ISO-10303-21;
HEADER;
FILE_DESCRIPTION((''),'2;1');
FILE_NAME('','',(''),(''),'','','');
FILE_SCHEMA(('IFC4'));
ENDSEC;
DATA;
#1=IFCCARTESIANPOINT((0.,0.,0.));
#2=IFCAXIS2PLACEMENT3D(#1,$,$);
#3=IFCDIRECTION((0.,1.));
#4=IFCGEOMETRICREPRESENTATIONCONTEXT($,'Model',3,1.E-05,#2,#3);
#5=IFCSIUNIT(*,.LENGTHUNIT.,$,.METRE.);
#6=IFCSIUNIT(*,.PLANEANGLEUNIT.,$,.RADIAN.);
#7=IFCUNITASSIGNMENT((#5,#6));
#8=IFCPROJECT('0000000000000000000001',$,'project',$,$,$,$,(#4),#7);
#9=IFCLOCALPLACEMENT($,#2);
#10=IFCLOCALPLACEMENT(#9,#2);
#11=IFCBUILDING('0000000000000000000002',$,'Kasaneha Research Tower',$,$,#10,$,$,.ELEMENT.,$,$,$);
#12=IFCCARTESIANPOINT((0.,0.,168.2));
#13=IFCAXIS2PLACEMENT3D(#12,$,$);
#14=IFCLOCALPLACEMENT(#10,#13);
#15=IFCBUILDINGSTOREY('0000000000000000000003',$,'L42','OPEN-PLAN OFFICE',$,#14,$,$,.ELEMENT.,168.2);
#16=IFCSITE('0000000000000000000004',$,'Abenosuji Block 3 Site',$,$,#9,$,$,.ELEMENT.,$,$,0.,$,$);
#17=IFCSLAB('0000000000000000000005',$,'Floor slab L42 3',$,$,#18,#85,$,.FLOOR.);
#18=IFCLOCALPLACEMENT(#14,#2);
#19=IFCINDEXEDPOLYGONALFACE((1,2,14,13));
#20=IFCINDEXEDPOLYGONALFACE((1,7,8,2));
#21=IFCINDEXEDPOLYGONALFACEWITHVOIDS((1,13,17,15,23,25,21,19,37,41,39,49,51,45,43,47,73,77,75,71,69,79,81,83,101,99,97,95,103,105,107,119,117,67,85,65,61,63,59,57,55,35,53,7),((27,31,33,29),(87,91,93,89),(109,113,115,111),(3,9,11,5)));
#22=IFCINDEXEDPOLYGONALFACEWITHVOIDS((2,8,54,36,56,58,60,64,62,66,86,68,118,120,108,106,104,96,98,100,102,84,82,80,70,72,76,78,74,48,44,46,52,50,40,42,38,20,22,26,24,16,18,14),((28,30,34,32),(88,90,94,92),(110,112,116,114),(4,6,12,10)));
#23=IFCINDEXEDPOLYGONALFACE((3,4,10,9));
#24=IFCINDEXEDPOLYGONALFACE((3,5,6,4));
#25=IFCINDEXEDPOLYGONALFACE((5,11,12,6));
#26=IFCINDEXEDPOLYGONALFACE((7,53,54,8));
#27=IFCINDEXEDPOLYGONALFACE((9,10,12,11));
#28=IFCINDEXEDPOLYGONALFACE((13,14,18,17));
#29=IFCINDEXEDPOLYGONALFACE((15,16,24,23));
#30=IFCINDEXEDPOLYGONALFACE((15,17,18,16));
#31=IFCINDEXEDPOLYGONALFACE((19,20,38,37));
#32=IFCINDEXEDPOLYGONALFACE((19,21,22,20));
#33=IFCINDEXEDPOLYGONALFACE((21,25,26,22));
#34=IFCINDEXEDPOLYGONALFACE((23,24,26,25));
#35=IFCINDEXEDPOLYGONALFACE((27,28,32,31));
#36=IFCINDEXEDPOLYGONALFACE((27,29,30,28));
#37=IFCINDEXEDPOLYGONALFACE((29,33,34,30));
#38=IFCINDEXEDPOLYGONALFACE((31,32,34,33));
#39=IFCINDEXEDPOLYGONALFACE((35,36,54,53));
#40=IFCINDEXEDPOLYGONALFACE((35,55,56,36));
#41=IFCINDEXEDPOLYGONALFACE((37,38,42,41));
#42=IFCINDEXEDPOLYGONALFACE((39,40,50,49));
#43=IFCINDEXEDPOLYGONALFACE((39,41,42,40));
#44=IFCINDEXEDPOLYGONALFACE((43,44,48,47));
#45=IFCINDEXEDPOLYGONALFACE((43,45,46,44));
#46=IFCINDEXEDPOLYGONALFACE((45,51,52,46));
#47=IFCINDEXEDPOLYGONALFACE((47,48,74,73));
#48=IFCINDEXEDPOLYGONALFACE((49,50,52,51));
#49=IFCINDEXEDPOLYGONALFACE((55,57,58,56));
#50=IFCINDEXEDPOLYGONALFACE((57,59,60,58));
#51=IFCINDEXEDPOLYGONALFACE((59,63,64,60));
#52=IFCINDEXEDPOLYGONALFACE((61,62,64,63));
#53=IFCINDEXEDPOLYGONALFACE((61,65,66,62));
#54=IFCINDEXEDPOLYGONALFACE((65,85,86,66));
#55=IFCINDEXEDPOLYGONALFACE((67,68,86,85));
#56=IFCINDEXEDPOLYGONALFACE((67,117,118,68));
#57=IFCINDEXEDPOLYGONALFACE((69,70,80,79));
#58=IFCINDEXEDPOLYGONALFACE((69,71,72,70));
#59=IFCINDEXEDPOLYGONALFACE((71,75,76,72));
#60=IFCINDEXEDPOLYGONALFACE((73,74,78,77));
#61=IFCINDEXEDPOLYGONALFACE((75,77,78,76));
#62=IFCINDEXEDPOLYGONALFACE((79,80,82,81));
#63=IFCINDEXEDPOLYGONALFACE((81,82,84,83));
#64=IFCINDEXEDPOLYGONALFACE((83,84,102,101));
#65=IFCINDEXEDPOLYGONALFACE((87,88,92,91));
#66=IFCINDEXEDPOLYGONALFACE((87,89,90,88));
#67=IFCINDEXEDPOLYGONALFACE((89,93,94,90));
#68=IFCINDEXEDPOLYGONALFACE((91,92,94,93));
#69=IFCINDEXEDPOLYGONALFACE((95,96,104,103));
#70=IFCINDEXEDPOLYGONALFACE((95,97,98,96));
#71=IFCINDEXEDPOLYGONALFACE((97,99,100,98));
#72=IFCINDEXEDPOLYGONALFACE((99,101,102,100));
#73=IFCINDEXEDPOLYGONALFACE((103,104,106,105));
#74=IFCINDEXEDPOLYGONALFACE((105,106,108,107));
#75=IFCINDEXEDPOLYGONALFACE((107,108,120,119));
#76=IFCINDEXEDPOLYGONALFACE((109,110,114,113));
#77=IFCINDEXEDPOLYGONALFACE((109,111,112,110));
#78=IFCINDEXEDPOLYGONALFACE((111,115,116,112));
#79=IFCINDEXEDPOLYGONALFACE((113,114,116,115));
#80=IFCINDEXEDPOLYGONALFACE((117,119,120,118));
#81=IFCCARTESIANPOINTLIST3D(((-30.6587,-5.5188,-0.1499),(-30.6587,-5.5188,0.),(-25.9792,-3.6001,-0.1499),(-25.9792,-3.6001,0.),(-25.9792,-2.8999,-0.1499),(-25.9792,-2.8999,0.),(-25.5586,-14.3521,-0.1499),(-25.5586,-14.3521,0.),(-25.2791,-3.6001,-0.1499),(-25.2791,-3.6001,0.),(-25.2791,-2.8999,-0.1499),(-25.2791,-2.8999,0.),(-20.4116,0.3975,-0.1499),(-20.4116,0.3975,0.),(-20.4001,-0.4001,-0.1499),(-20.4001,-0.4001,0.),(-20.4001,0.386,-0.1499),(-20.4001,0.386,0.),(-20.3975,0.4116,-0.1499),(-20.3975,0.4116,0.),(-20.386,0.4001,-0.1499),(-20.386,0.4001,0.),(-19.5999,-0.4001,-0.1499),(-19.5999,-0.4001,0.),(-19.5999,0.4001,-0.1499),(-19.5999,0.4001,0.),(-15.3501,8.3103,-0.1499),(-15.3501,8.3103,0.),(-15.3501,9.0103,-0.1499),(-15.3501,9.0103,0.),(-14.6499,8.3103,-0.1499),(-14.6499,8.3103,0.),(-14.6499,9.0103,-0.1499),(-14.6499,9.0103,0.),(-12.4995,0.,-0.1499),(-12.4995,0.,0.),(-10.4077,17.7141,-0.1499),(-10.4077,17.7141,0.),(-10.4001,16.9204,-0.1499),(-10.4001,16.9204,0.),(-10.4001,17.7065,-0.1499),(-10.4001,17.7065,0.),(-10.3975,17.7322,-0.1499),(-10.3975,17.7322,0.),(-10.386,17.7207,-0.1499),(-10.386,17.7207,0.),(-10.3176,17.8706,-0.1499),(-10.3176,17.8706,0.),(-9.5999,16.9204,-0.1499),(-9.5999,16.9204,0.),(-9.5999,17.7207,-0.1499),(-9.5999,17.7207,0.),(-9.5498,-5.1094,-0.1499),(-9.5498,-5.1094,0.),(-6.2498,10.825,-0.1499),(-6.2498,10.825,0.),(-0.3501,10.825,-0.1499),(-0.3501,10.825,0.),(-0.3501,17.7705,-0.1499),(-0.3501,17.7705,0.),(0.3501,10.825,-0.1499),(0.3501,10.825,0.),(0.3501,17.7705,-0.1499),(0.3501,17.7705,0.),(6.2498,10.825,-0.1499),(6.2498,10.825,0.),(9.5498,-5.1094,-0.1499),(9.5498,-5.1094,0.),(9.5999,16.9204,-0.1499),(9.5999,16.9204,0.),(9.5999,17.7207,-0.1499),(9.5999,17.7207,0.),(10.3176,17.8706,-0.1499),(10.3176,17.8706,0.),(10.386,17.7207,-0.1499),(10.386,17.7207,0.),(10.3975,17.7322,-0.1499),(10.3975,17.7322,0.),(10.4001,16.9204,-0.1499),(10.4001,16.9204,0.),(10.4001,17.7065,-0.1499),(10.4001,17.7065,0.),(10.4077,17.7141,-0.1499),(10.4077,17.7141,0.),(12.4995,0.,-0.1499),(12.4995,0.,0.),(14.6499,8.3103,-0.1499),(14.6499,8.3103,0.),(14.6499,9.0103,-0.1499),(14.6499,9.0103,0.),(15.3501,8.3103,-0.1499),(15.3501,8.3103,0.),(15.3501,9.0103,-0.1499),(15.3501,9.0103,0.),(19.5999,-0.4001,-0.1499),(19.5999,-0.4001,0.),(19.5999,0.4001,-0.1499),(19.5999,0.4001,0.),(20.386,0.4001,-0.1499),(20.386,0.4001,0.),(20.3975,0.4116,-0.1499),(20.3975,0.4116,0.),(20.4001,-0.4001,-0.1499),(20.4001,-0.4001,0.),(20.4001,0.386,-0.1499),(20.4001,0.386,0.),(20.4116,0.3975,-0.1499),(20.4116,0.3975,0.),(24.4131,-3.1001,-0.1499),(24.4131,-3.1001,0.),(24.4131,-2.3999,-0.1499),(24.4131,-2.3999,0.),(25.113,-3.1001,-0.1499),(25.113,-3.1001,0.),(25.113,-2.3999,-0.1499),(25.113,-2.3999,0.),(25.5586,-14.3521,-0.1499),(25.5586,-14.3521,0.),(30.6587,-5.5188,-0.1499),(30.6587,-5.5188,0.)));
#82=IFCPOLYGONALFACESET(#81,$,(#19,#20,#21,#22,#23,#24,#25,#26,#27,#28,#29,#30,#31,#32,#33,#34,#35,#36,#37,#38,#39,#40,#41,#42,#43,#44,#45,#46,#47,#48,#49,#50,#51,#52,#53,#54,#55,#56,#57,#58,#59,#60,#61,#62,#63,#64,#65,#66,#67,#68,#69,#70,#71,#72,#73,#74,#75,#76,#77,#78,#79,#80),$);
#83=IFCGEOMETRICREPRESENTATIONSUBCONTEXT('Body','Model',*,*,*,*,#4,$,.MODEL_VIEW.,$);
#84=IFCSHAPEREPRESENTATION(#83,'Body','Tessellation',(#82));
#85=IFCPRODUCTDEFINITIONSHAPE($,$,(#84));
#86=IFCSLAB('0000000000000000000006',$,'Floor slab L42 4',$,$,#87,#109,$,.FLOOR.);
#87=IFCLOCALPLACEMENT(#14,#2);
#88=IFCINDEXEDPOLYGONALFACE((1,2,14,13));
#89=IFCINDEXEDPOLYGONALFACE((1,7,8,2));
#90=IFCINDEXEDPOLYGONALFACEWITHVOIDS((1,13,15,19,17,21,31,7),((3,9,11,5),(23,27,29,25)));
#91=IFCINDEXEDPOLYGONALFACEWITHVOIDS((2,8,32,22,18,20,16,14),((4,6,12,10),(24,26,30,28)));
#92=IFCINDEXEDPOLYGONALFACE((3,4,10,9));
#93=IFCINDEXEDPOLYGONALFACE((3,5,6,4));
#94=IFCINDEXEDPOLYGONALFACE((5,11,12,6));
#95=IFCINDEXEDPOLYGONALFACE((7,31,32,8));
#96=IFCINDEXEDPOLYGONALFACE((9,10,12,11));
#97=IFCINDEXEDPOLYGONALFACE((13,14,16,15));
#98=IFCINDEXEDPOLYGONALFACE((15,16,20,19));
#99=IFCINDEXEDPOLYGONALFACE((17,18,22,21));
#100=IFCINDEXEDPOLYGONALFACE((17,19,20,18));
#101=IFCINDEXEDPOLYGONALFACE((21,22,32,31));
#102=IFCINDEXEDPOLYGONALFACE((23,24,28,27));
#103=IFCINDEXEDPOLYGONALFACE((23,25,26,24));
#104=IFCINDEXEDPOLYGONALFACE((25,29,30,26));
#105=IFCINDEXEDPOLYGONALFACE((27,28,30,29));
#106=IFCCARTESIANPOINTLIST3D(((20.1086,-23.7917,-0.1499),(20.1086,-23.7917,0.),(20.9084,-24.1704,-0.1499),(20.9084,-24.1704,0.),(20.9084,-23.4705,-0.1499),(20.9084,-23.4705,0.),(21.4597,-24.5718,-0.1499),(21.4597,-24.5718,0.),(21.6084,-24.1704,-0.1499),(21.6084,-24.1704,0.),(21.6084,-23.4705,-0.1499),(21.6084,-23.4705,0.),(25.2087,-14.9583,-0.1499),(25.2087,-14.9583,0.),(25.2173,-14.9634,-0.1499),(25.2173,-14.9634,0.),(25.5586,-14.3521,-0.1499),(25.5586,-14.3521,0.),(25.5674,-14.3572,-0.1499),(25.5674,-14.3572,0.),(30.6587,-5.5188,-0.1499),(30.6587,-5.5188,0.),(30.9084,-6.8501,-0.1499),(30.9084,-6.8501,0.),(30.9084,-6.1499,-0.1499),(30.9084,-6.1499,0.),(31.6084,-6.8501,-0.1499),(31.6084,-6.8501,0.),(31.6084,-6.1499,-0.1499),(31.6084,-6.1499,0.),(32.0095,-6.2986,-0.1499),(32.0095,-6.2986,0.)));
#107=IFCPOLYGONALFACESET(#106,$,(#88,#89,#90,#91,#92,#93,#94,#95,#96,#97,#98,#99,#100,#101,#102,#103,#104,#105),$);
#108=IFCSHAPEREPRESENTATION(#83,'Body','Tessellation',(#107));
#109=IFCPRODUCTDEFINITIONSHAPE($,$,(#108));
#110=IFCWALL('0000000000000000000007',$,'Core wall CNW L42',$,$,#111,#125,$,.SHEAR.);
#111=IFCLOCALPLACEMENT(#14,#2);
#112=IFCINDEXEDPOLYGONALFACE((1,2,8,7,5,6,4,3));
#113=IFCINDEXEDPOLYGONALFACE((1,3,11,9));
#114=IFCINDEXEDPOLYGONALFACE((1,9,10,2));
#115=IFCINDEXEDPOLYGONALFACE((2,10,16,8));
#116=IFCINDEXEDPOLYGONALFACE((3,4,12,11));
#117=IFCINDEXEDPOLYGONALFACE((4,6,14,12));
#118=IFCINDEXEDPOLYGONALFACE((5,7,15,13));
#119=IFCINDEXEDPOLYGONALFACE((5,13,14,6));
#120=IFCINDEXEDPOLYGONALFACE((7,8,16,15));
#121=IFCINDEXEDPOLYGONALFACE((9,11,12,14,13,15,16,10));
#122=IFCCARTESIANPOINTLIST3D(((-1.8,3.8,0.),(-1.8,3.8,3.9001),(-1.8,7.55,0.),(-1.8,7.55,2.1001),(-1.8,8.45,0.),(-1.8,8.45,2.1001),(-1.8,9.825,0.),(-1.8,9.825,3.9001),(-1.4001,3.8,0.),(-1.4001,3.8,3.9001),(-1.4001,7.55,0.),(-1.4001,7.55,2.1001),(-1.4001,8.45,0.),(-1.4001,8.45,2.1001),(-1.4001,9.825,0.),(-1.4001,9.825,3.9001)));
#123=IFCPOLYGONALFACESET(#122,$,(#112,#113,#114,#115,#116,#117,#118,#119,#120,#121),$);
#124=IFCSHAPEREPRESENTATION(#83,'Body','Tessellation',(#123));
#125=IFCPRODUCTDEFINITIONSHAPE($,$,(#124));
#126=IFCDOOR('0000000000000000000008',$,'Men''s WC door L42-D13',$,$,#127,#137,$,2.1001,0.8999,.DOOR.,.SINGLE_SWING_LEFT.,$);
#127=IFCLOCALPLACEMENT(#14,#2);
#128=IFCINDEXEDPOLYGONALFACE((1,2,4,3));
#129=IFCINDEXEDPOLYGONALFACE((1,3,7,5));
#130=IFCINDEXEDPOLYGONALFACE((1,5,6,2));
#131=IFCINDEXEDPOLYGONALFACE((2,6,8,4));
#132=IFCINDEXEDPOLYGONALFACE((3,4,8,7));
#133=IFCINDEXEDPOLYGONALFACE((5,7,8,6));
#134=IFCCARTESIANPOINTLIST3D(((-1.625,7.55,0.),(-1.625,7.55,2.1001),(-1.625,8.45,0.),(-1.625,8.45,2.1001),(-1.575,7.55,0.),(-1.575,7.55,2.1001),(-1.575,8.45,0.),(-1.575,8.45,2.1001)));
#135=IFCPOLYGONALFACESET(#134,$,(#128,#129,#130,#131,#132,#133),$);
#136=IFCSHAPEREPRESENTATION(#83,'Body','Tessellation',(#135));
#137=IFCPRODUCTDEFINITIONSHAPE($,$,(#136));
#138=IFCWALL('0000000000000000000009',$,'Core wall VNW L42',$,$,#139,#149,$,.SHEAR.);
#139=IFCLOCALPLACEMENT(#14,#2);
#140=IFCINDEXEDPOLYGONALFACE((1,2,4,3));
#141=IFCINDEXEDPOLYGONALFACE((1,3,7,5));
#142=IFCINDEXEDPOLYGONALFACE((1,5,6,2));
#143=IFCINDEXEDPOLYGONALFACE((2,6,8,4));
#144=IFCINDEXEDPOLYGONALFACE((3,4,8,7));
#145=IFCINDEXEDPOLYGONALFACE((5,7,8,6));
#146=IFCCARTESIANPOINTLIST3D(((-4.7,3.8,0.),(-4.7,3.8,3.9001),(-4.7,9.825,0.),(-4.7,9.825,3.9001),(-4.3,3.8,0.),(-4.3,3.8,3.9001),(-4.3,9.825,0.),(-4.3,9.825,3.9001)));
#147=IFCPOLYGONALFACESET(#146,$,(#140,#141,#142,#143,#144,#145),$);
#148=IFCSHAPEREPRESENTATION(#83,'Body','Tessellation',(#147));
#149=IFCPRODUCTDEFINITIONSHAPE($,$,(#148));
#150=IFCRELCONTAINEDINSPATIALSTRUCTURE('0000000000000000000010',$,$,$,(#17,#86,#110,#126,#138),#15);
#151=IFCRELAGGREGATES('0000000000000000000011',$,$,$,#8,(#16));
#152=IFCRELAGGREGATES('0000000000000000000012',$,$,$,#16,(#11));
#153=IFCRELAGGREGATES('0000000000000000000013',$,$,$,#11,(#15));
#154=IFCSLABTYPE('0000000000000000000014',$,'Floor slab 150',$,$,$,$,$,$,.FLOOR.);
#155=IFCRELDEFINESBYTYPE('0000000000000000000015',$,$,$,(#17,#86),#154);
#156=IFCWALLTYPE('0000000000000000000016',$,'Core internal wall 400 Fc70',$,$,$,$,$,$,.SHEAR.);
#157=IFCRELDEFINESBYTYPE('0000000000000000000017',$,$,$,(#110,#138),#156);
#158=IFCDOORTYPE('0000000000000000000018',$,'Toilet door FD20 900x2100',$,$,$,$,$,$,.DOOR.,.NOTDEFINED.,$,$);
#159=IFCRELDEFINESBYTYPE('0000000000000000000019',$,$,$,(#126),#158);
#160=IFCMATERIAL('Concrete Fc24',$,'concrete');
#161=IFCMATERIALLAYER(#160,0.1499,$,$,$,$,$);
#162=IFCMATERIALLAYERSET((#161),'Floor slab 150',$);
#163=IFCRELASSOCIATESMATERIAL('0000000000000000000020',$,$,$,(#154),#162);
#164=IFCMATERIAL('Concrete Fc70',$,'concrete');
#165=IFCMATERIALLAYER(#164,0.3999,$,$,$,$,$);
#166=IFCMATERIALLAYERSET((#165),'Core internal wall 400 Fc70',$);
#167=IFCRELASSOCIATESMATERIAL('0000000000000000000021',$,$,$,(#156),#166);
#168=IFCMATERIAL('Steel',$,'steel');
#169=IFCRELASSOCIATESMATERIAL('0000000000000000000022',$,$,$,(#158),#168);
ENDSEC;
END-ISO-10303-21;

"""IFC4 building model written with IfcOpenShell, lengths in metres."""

from ifc_helpers import new_model, si_unit, direction, frame, frame_2d, origin, place, context, subcontext, project, spatial, polyline, rectangle, outline, extrude, material, layer, layer_set, type_object, element, fill, save


model = new_model("IFC4")

# Units and contexts
model_context = context("Model", 3, precision=1e-05, world=origin(), true_north=direction((0.0, 1.0)))
body_context = subcontext(model_context, "Body", "Model", "MODEL_VIEW")
ifc_project = project(units=[si_unit("LENGTHUNIT", "METRE"), si_unit("PLANEANGLEUNIT", "RADIAN")], contexts=[model_context])

# Site, building, storey
site_placement = place(None, origin())
site = spatial("IfcSite", under=ifc_project, at=site_placement, Name="Abenosuji Block 3 Site", CompositionType="ELEMENT", RefElevation=0.0)
building_placement = place(site_placement, origin())
building = spatial("IfcBuilding", under=site, at=building_placement, Name="Kasaneha Research Tower", CompositionType="ELEMENT")
storey_placement = place(building_placement, frame((0.0, 0.0, 168.2)))
storey = spatial("IfcBuildingStorey", under=building, at=storey_placement, Name="L42", Description="OPEN-PLAN OFFICE", CompositionType="ELEMENT", Elevation=168.2)

# Slabs
ifc_material_1 = material(Name="Concrete Fc24", Category="concrete")
ifc_layer_1 = layer(ifc_material_1, 0.1499)
ifc_layer_set_1 = layer_set([ifc_layer_1], Name="Floor slab 150")
slab_type_1 = type_object("IfcSlabType", Name="Floor slab 150", PredefinedType="FLOOR", material=ifc_layer_set_1)
slab_1_placement = place(storey_placement, frame((0.0, 0.0, -0.1499)))
element("IfcSlab", 1, at=slab_1_placement, inside=storey, type_object=slab_type_1, Name="Floor slab L42 3", PredefinedType="FLOOR", context=body_context, shape_type="SweptSolid", body=[
    extrude(outline(polyline([(-20.4001, -0.4001), (-19.5999, -0.4001), (-19.5999, 0.4001), (-20.386, 0.4001), (-20.3975, 0.4116), (-10.4077, 17.7141), (-10.4001, 17.7065), (-10.4001, 16.9204), (-9.5999, 16.9204), (-9.5999, 17.7207), (-10.386, 17.7207), (-10.3975, 17.7322), (-10.3176, 17.8706), (10.3176, 17.8706), (10.3975, 17.7322), (10.386, 17.7207), (9.5999, 17.7207), (9.5999, 16.9204), (10.4001, 16.9204), (10.4001, 17.7065), (10.4077, 17.7141), (20.3975, 0.4116), (20.386, 0.4001), (19.5999, 0.4001), (19.5999, -0.4001), (20.4001, -0.4001), (20.4001, 0.386), (20.4116, 0.3975), (30.6587, -5.5188), (25.5586, -14.3521), (9.5498, -5.1094), (12.4995, 0.0), (6.2498, 10.825), (0.3501, 10.825), (0.3501, 17.7705), (-0.3501, 17.7705), (-0.3501, 10.825), (-6.2498, 10.825), (-12.4995, 0.0), (-9.5498, -5.1094), (-25.5586, -14.3521), (-30.6587, -5.5188), (-20.4116, 0.3975), (-20.4001, 0.386), (-20.4001, -0.4001)]), holes=[polyline([(-25.2791, -3.6001), (-25.2791, -2.8999), (-25.9792, -2.8999), (-25.9792, -3.6001), (-25.2791, -3.6001)]), polyline([(-15.3501, 8.3103), (-14.6499, 8.3103), (-14.6499, 9.0103), (-15.3501, 9.0103), (-15.3501, 8.3103)]), polyline([(24.4131, -3.1001), (25.113, -3.1001), (25.113, -2.3999), (24.4131, -2.3999), (24.4131, -3.1001)]), polyline([(14.6499, 8.3103), (15.3501, 8.3103), (15.3501, 9.0103), (14.6499, 9.0103), (14.6499, 8.3103)])]), origin(), (0.0, 0.0, 1.0), 0.1499),
])
slab_2_placement = place(storey_placement, frame((0.0, 0.0, -0.1499)))
element("IfcSlab", 2, at=slab_2_placement, inside=storey, type_object=slab_type_1, Name="Floor slab L42 4", PredefinedType="FLOOR", context=body_context, shape_type="SweptSolid", body=[
    extrude(outline(polyline([(32.0095, -6.2986), (21.4597, -24.5718), (20.1086, -23.7917), (25.2087, -14.9583), (25.2173, -14.9634), (25.5674, -14.3572), (25.5586, -14.3521), (30.6587, -5.5188), (32.0095, -6.2986)]), holes=[polyline([(21.6084, -24.1704), (21.6084, -23.4705), (20.9084, -23.4705), (20.9084, -24.1704), (21.6084, -24.1704)]), polyline([(31.6084, -6.8501), (31.6084, -6.1499), (30.9084, -6.1499), (30.9084, -6.8501), (31.6084, -6.8501)])]), origin(), (0.0, 0.0, 1.0), 0.1499),
])

# Shared definitions
ifc_material_2 = material(Name="Concrete Fc70", Category="concrete")
ifc_layer_2 = layer(ifc_material_2, 0.3999)
ifc_layer_set_2 = layer_set([ifc_layer_2], Name="Core internal wall 400 Fc70")
wall_type = type_object("IfcWallType", Name="Core internal wall 400 Fc70", PredefinedType="SHEAR", material=ifc_layer_set_2)

# Wall, opening, door
wall_1_placement = place(storey_placement, frame((-1.6001, 3.8, 0.0), z_axis=(0.0, 0.0, 1.0), x_axis=(0.0, 1.0, 0.0)))
wall_1 = element("IfcWall", 3, at=wall_1_placement, inside=storey, type_object=wall_type, Name="Core wall CNW L42", PredefinedType="SHEAR", context=body_context, shape_type="SweptSolid", body=[
    extrude(rectangle(XDim=6.0249, YDim=0.3999, at=frame_2d((3.0125, 0.0))), origin(), (0.0, 0.0, 1.0), 3.9001),
])
opening_1_placement = place(wall_1_placement, frame((3.75, 0.0, 0.0)))
opening_1 = element("IfcOpeningElement", 4, at=opening_1_placement, cuts=wall_1, PredefinedType="OPENING", context=body_context, shape_type="SweptSolid", body=[
    extrude(rectangle(XDim=0.8999, YDim=2.1001, at=frame_2d((0.45, 1.05))), frame((0.0, 0.21, 0.0), z_axis=(0.0, -1.0, 0.0), x_axis=(1.0, 0.0, 0.0)), (0.0, 0.0, 1.0), 0.4199),
])
ifc_material_3 = material(Name="Steel", Category="steel")
door_type_1 = type_object("IfcDoorType", Name="Toilet door FD20 900x2100", OperationType="NOTDEFINED", PredefinedType="DOOR", material=ifc_material_3)
door_1_placement = place(opening_1_placement, origin())
door_1 = element("IfcDoor", 5, at=door_1_placement, inside=storey, type_object=door_type_1, Name="Men's WC door L42-D13", OperationType="SINGLE_SWING_LEFT", OverallHeight=2.1001, OverallWidth=0.8999, PredefinedType="DOOR", context=body_context, shape_type="SweptSolid", body=[
    extrude(rectangle(XDim=0.8999, YDim=2.1001, at=frame_2d((0.45, 1.05))), frame((0.0, 0.0249, 0.0), z_axis=(0.0, -1.0, 0.0), x_axis=(1.0, 0.0, 0.0)), (0.0, 0.0, 1.0), 0.05),
])
fill(opening_1, door_1)

# Wall
wall_2_placement = place(storey_placement, frame((-4.5, 3.8, 0.0), z_axis=(0.0, 0.0, 1.0), x_axis=(0.0, 1.0, 0.0)))
element("IfcWall", 6, at=wall_2_placement, inside=storey, type_object=wall_type, Name="Core wall VNW L42", PredefinedType="SHEAR", context=body_context, shape_type="SweptSolid", body=[
    extrude(rectangle(XDim=6.0249, YDim=0.3999, at=frame_2d((3.0125, 0.0))), origin(), (0.0, 0.0, 1.0), 3.9001),
])

save(model, "model.ifc")
